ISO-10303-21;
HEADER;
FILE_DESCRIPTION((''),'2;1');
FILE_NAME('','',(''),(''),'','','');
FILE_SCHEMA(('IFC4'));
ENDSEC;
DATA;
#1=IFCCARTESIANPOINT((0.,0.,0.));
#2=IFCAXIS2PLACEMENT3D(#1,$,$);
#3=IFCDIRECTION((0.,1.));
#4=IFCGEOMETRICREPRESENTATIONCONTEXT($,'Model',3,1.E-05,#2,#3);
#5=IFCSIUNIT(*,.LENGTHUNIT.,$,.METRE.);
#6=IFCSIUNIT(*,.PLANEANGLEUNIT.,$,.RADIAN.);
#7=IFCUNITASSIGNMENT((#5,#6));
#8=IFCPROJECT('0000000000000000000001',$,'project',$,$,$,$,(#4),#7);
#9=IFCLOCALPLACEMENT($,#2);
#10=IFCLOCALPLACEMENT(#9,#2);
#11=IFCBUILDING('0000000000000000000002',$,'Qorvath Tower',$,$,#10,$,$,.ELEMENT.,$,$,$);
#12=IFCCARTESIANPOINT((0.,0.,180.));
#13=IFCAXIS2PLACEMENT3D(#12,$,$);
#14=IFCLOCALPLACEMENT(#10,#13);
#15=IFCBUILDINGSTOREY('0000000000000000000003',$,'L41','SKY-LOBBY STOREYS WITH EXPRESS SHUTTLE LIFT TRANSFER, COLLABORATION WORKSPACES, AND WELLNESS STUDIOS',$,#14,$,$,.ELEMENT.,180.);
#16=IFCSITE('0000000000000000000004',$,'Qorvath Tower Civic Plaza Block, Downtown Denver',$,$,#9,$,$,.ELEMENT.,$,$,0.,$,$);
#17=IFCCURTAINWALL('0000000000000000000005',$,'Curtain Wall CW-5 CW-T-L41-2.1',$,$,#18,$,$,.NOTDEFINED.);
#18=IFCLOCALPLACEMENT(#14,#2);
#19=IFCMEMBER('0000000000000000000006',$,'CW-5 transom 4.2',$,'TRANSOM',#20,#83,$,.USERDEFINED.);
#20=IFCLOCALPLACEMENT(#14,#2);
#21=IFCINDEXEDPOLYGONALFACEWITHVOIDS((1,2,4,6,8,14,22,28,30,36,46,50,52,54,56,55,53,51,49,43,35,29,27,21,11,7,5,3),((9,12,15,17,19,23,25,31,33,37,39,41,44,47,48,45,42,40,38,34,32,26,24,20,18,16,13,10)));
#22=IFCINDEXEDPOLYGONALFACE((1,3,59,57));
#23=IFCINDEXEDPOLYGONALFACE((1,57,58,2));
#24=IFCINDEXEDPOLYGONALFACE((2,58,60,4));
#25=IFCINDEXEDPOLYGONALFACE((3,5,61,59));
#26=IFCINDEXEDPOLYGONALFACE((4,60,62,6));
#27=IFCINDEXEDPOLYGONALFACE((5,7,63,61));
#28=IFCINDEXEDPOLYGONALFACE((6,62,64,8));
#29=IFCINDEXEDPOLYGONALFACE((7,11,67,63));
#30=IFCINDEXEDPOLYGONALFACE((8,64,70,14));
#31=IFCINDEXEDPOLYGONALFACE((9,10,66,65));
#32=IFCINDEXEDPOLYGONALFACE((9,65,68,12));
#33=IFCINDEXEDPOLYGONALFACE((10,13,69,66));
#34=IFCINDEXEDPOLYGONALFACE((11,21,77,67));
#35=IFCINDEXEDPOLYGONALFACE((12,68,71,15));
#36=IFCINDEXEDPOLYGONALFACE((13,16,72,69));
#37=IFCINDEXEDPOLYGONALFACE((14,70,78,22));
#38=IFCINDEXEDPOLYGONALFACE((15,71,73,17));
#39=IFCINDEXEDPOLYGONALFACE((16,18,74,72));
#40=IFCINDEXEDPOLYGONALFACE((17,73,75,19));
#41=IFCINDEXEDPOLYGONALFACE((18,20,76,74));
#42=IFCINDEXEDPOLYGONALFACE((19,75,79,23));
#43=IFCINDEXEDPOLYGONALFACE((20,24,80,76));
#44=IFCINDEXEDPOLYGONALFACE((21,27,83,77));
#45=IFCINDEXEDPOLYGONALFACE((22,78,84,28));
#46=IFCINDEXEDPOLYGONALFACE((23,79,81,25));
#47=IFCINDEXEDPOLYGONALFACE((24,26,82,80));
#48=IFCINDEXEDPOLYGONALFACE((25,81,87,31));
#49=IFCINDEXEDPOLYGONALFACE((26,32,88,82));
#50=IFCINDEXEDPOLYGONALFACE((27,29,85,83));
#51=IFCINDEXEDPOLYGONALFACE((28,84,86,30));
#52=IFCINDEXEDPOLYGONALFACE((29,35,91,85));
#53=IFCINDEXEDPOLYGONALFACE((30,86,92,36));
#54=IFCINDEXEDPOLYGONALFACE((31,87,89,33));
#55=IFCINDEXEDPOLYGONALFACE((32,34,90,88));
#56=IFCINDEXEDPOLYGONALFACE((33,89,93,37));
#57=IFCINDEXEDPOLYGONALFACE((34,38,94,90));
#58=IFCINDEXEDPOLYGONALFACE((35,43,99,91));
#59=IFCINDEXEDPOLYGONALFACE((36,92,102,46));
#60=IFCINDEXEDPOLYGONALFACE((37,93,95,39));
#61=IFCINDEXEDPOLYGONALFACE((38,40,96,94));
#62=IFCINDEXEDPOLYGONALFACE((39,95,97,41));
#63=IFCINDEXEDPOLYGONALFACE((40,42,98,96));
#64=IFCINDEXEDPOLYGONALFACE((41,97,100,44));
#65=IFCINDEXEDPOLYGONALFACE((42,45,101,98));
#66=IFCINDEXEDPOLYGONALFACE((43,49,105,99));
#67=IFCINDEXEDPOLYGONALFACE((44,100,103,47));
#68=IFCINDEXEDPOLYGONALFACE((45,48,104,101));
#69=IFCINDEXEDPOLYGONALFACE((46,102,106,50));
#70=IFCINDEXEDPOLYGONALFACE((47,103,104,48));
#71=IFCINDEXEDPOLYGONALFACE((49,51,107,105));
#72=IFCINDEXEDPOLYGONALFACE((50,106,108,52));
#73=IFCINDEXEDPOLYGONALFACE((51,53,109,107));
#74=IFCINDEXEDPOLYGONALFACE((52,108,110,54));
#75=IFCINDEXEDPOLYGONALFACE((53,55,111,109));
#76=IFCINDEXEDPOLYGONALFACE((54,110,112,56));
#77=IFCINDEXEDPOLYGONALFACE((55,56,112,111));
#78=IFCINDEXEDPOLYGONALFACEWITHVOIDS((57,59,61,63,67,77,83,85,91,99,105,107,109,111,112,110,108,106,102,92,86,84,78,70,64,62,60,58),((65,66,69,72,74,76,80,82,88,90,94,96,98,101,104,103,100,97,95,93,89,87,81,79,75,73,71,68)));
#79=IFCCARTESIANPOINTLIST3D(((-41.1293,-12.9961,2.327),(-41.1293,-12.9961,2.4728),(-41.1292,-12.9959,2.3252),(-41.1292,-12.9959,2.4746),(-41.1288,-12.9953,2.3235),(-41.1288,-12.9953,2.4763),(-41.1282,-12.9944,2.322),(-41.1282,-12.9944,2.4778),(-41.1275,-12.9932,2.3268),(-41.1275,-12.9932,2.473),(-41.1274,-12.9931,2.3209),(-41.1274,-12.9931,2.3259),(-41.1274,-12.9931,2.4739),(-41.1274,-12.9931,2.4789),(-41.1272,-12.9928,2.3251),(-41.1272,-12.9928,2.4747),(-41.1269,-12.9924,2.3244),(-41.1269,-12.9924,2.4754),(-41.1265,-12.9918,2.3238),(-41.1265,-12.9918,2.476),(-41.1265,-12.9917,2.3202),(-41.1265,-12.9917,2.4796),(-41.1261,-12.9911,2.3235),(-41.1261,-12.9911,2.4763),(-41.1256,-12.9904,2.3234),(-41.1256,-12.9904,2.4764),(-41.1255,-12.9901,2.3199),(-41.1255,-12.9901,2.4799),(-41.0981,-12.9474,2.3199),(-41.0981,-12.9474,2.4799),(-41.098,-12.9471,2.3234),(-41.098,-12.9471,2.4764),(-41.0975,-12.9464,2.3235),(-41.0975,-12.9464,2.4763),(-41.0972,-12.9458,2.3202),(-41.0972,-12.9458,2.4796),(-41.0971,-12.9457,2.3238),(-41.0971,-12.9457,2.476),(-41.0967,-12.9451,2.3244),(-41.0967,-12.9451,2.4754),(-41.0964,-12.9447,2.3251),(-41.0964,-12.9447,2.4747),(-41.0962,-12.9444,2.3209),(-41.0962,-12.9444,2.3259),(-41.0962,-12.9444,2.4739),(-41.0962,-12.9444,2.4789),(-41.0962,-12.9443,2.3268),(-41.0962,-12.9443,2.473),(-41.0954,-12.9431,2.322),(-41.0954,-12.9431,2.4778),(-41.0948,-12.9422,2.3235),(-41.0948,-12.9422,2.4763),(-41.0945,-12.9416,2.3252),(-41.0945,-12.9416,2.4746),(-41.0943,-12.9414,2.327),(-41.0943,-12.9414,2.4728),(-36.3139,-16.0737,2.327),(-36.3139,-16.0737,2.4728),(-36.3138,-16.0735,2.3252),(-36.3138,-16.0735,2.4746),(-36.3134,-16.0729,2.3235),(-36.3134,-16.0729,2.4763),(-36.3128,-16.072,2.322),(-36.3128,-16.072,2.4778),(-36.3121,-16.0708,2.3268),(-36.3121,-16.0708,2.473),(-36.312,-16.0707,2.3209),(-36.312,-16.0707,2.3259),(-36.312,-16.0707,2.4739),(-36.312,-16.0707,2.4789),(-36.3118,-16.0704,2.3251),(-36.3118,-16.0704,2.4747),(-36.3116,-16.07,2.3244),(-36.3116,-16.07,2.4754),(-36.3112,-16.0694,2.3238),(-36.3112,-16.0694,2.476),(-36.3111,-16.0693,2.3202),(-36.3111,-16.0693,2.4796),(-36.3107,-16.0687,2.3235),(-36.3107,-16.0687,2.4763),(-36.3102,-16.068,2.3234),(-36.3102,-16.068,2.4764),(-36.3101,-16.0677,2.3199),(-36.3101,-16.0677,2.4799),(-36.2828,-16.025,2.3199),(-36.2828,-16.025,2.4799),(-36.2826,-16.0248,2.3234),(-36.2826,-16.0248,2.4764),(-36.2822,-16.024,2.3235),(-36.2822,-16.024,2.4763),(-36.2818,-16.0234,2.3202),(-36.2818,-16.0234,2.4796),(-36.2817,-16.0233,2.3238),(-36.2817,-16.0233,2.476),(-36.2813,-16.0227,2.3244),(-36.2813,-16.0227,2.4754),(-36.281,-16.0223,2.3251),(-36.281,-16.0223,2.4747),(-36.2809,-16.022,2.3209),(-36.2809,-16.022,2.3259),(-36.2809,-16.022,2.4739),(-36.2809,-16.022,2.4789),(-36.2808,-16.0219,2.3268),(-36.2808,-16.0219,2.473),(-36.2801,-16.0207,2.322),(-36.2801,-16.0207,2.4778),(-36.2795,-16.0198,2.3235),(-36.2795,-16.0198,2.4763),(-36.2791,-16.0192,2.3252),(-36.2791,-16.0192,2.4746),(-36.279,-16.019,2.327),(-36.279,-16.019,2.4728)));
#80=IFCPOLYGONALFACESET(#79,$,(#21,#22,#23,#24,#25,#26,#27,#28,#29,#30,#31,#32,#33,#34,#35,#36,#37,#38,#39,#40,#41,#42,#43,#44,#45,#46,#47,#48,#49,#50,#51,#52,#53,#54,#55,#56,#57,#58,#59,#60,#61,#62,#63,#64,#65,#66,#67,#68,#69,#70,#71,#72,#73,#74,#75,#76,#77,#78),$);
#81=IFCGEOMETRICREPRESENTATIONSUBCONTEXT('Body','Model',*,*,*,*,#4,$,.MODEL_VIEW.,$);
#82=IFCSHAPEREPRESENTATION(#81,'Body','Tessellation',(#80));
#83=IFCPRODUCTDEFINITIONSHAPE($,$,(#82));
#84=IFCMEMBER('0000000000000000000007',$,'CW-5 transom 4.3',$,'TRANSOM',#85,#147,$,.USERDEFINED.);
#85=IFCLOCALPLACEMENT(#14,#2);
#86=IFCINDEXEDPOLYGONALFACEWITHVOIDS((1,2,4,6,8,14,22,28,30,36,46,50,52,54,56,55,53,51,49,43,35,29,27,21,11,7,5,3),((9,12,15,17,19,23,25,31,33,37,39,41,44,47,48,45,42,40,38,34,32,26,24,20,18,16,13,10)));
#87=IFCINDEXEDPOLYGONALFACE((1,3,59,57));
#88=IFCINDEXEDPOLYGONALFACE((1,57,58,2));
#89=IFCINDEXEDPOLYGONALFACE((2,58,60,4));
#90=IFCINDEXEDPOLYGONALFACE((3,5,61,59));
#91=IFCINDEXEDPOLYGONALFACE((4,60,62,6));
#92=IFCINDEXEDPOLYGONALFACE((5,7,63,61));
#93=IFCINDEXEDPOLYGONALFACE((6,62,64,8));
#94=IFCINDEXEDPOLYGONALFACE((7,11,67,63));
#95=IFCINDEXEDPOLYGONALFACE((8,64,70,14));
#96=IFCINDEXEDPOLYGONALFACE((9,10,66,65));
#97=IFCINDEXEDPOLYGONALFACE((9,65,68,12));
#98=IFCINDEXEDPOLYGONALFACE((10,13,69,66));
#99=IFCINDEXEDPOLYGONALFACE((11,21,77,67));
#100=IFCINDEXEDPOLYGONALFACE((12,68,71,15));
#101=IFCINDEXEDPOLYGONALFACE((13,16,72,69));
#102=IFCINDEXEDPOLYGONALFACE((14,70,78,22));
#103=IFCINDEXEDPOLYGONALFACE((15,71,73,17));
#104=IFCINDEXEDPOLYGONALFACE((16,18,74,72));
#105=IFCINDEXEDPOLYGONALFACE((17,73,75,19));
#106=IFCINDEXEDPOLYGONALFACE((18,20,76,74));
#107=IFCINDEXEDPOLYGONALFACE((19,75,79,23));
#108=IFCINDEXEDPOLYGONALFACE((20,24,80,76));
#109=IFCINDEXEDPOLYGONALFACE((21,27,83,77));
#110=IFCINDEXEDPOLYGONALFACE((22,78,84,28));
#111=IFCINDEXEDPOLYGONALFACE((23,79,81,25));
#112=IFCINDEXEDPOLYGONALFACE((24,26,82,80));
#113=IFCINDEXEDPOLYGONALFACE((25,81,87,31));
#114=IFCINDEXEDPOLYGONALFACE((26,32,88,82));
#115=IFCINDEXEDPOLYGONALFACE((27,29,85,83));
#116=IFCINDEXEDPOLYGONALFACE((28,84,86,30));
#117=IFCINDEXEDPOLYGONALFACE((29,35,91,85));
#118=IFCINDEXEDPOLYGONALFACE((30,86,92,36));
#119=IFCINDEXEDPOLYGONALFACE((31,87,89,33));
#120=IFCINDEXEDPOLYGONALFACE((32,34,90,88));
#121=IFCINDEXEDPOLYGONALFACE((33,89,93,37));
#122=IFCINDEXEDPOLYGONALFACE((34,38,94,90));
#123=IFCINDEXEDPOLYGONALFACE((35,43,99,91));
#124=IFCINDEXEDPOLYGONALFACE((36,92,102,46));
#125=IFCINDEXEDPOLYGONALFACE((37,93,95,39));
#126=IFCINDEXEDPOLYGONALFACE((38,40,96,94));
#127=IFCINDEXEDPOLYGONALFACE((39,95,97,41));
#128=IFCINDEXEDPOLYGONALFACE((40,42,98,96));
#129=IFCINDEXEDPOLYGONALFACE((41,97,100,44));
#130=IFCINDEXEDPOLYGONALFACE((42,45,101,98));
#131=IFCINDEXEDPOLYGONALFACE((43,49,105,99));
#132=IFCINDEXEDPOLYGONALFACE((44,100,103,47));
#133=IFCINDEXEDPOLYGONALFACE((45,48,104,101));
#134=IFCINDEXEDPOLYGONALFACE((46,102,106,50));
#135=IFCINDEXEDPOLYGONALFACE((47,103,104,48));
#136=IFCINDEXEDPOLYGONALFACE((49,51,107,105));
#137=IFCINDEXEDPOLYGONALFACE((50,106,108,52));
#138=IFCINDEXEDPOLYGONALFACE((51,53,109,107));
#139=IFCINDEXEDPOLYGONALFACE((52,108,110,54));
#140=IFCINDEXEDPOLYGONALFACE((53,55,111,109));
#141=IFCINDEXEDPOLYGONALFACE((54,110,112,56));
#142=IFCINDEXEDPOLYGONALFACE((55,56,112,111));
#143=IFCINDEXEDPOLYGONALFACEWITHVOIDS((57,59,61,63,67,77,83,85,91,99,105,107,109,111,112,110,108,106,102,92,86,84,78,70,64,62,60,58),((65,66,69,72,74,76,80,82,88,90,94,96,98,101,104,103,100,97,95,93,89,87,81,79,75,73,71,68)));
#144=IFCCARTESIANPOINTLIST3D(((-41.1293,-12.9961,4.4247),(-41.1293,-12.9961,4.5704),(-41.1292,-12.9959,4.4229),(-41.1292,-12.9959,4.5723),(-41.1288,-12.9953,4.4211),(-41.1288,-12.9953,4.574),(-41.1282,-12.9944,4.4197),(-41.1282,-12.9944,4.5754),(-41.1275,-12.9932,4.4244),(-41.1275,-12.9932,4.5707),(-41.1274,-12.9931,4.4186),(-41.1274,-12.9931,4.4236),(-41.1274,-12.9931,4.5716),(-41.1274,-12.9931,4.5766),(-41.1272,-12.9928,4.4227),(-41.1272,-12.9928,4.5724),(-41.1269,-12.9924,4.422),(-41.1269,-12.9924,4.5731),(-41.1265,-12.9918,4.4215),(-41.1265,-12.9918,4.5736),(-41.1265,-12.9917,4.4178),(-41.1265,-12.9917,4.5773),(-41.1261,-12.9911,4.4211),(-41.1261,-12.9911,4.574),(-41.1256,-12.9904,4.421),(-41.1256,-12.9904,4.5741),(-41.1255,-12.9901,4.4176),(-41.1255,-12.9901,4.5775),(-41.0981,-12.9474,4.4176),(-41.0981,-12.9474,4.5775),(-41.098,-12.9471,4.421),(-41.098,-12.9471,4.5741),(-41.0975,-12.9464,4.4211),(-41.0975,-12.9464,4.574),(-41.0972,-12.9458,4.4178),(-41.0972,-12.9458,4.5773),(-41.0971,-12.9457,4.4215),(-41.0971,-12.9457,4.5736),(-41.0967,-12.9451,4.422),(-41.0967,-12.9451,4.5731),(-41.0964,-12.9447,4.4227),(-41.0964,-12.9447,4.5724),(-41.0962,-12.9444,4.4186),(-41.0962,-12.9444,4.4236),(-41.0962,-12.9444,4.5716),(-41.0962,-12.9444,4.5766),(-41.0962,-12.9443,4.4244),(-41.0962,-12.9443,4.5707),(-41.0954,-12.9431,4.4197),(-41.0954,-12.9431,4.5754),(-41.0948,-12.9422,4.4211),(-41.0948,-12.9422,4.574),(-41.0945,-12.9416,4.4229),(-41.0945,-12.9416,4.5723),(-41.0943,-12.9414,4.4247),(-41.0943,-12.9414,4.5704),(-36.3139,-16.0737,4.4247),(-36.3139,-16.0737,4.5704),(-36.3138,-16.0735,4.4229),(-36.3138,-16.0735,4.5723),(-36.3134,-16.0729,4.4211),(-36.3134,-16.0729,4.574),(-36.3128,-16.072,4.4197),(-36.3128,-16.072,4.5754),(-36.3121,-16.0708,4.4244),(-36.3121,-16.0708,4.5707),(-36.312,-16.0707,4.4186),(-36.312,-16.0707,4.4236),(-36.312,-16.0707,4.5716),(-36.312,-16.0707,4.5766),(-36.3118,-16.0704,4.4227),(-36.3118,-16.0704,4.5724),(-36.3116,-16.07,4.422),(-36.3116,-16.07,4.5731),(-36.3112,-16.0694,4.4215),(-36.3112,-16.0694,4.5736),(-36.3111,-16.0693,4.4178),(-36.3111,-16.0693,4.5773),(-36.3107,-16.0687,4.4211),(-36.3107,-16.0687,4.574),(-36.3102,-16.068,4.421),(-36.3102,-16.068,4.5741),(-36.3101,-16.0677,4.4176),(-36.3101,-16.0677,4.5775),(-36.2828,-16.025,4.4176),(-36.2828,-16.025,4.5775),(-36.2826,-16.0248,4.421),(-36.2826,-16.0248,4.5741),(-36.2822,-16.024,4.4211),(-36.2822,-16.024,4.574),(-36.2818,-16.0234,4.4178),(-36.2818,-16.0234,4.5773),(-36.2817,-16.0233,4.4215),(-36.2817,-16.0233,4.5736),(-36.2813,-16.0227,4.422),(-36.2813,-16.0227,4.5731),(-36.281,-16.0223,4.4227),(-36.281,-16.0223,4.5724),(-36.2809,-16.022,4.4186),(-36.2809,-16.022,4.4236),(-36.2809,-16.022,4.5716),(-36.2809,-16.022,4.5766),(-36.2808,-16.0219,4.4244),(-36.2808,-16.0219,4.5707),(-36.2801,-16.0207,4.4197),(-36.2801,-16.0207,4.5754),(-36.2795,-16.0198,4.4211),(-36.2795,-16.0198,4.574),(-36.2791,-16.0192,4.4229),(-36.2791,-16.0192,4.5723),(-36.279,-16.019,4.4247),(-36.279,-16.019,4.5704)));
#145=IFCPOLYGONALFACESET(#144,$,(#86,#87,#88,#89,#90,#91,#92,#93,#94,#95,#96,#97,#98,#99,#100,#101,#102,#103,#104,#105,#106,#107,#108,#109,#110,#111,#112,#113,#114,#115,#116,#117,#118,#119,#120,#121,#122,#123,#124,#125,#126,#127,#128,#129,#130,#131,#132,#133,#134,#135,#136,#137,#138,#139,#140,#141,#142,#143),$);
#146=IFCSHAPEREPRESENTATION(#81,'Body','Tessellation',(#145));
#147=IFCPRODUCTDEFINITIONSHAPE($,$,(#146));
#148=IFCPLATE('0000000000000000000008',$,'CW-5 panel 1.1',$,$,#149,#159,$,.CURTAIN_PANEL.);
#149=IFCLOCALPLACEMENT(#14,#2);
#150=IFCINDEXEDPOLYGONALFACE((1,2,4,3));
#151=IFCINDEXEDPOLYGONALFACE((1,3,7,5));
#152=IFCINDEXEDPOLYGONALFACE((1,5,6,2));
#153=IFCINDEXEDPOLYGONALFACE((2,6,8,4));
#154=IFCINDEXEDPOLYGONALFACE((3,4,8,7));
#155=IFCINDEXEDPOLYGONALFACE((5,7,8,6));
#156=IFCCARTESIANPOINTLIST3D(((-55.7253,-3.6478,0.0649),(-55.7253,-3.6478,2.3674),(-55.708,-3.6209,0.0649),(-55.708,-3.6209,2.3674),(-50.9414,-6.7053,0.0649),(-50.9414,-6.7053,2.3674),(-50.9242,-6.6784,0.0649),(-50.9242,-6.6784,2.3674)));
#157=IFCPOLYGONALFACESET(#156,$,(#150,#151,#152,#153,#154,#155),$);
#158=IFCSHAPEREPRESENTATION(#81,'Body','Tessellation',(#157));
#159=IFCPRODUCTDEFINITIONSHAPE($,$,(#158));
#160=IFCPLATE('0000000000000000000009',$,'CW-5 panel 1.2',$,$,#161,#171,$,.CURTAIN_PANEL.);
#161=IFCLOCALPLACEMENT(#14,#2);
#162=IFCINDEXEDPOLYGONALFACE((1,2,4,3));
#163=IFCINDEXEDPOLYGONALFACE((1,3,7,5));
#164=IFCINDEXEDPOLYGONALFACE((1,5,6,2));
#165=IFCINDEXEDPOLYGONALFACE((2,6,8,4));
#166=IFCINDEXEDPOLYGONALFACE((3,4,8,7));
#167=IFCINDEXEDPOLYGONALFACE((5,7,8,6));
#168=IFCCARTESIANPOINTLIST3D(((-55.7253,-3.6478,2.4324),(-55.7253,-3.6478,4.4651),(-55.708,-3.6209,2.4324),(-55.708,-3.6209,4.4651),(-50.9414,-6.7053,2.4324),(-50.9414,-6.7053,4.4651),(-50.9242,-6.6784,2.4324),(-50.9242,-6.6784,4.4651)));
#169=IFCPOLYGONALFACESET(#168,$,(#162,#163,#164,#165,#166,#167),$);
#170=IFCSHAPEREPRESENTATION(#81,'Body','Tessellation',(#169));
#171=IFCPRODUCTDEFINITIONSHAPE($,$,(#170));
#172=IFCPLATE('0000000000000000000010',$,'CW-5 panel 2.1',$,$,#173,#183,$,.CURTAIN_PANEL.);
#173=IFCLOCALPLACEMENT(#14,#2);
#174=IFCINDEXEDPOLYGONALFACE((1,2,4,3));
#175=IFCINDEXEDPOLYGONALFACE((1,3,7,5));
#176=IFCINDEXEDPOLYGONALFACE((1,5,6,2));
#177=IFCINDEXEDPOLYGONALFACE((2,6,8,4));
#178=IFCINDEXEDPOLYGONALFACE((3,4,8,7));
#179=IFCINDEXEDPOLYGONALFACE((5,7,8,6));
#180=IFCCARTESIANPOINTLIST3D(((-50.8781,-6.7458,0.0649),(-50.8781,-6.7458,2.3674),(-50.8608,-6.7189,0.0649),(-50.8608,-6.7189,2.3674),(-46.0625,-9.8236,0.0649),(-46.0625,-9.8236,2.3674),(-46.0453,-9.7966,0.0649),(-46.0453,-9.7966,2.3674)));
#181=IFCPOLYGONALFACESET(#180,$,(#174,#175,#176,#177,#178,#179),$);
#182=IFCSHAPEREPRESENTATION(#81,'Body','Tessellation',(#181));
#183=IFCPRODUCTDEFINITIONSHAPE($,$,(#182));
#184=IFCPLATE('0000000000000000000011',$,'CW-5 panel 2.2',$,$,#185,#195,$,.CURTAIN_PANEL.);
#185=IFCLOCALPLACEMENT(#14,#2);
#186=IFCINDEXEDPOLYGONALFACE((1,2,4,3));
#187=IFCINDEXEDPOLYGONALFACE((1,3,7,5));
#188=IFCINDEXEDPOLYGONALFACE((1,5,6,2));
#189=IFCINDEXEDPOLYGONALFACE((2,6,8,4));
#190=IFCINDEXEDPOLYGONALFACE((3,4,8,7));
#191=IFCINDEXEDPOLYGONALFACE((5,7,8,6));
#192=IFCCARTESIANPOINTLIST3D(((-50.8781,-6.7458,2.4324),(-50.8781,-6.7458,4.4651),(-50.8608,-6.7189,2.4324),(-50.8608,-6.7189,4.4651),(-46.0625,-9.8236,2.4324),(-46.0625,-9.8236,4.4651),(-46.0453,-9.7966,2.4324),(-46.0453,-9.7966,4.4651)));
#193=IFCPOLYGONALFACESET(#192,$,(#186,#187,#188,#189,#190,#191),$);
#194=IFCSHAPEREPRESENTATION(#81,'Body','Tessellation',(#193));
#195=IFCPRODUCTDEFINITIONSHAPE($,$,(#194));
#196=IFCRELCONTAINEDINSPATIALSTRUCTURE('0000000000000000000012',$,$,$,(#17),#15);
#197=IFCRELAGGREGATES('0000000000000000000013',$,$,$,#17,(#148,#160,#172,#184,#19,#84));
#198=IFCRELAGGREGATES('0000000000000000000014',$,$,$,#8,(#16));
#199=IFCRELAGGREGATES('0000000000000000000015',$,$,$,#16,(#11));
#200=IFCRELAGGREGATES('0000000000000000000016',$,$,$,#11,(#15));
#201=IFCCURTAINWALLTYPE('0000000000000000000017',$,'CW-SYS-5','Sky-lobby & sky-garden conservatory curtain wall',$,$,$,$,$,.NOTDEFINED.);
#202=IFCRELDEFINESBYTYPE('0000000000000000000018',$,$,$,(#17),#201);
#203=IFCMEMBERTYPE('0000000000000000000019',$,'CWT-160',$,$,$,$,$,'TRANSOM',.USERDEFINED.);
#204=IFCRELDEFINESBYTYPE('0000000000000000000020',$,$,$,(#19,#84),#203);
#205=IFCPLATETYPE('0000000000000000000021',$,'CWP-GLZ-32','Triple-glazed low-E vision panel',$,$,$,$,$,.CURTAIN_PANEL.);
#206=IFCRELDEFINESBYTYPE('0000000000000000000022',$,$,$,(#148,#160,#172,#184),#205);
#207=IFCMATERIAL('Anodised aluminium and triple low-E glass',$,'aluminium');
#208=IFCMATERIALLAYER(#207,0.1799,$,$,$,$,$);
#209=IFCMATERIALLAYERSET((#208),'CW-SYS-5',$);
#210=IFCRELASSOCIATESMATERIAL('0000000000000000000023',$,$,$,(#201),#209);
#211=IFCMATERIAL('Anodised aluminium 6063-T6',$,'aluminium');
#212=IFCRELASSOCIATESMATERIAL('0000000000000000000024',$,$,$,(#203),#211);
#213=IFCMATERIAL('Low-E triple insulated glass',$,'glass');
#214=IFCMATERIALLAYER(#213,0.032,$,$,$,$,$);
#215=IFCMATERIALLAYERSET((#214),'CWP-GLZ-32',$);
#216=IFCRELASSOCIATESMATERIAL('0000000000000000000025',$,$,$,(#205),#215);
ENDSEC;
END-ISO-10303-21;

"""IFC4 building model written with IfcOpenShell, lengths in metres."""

from ifc_helpers import new_model, si_unit, direction, frame, origin, origin_2d, place, context, subcontext, project, spatial, rectangle, hollow_rectangle, extrude, material, layer, layer_set, material_profile, profile_set, type_object, element, aggregate, save


model = new_model("IFC4")

# Units and contexts
model_context = context("Model", 3, precision=1e-05, world=origin(), true_north=direction((0.0, 1.0)))
body_context = subcontext(model_context, "Body", "Model", "MODEL_VIEW")
ifc_project = project(units=[si_unit("LENGTHUNIT", "METRE"), si_unit("PLANEANGLEUNIT", "RADIAN")], contexts=[model_context])

# Site, building, storey
site_placement = place(None, origin())
site = spatial("IfcSite", under=ifc_project, at=site_placement, Name="Qorvath Tower Civic Plaza Block, Downtown Denver", CompositionType="ELEMENT", RefElevation=0.0)
building_placement = place(site_placement, origin())
building = spatial("IfcBuilding", under=site, at=building_placement, Name="Qorvath Tower", CompositionType="ELEMENT")
storey_placement = place(building_placement, frame((0.0, 0.0, 180.0)))
storey = spatial("IfcBuildingStorey", under=building, at=storey_placement, Name="L41", Description="SKY-LOBBY STOREYS WITH EXPRESS SHUTTLE LIFT TRANSFER, COLLABORATION WORKSPACES, AND WELLNESS STUDIOS", CompositionType="ELEMENT", Elevation=180.0)

# Curtain wall, members, plates
ifc_material_1 = material(Name="Anodised aluminium and triple low-E glass", Category="aluminium")
ifc_layer_1 = layer(ifc_material_1, 0.1799)
ifc_layer_set_1 = layer_set([ifc_layer_1], Name="CW-SYS-5")
curtain_wall_type = type_object("IfcCurtainWallType", Name="CW-SYS-5", Description="Sky-lobby & sky-garden conservatory curtain wall", PredefinedType="NOTDEFINED", material=ifc_layer_set_1)
curtain_wall_placement = place(storey_placement, origin())
curtain_wall = element("IfcCurtainWall", 1, at=curtain_wall_placement, inside=storey, type_object=curtain_wall_type, Name="Curtain Wall CW-5 CW-T-L41-2.1", PredefinedType="NOTDEFINED")
ifc_material_2 = material(Name="Anodised aluminium 6063-T6", Category="aluminium")
ifc_material_profile_1 = material_profile(ifc_material_2, hollow_rectangle(XDim=0.0649, YDim=0.1599, WallThickness=0.0034, InnerFilletRadius=0.0034, OuterFilletRadius=0.0071, at=origin_2d()), Name="CWT 160x65")
ifc_profile_set_1 = profile_set([ifc_material_profile_1], Name="Anodised aluminium 6063-T6")
member_type_1 = type_object("IfcMemberType", Name="CWT-160", ElementType="TRANSOM", PredefinedType="USERDEFINED", material=ifc_profile_set_1)
member_1_placement = place(storey_placement, frame((-41.1118, -12.9688, 2.3999), z_axis=(0.842608, -0.538527, 0.0), x_axis=(0.538527, 0.842608, 0.0)))
member_1 = element("IfcMember", 2, at=member_1_placement, type_object=member_type_1, Name="CW-5 transom 4.2", ObjectType="TRANSOM", PredefinedType="USERDEFINED", context=body_context, shape_type="SweptSolid", body=[
    extrude(hollow_rectangle(XDim=0.0649, YDim=0.1599, WallThickness=0.0034, InnerFilletRadius=0.0034, OuterFilletRadius=0.0071, at=origin_2d()), origin(), (0.0, 0.0, 1.0), 5.7148),
])
member_2_placement = place(storey_placement, frame((-41.1118, -12.9688, 4.4976), z_axis=(0.842608, -0.538527, 0.0), x_axis=(0.538527, 0.842608, 0.0)))
member_2 = element("IfcMember", 3, at=member_2_placement, type_object=member_type_1, Name="CW-5 transom 4.3", ObjectType="TRANSOM", PredefinedType="USERDEFINED", context=body_context, shape_type="SweptSolid", body=[
    extrude(hollow_rectangle(XDim=0.0649, YDim=0.1599, WallThickness=0.0034, InnerFilletRadius=0.0034, OuterFilletRadius=0.0071, at=origin_2d()), origin(), (0.0, 0.0, 1.0), 5.7148),
])
ifc_material_3 = material(Name="Low-E triple insulated glass", Category="glass")
ifc_layer_2 = layer(ifc_material_3, 0.032)
ifc_layer_set_2 = layer_set([ifc_layer_2], Name="CWP-GLZ-32")
plate_type = type_object("IfcPlateType", Name="CWP-GLZ-32", Description="Triple-glazed low-E vision panel", PredefinedType="CURTAIN_PANEL", material=ifc_layer_set_2)
plate_1_placement = place(storey_placement, frame((-53.3247, -5.1631, 0.0649), z_axis=(0.0, 0.0, 1.0), x_axis=(0.842604, -0.538533, 0.0)))
plate_1 = element("IfcPlate", 4, at=plate_1_placement, type_object=plate_type, Name="CW-5 panel 1.1", PredefinedType="CURTAIN_PANEL", context=body_context, shape_type="SweptSolid", body=[
    extrude(rectangle(XDim=5.6775, YDim=0.032, at=origin_2d()), origin(), (0.0, 0.0, 1.0), 2.3025),
])
plate_2_placement = place(storey_placement, frame((-53.3247, -5.1631, 2.4324), z_axis=(0.0, 0.0, 1.0), x_axis=(0.842604, -0.538533, 0.0)))
plate_2 = element("IfcPlate", 5, at=plate_2_placement, type_object=plate_type, Name="CW-5 panel 1.2", PredefinedType="CURTAIN_PANEL", context=body_context, shape_type="SweptSolid", body=[
    extrude(rectangle(XDim=5.6775, YDim=0.032, at=origin_2d()), origin(), (0.0, 0.0, 1.0), 2.0327),
])
plate_3_placement = place(storey_placement, frame((-48.4617, -8.2712, 0.0649), z_axis=(0.0, 0.0, 1.0), x_axis=(0.842604, -0.538533, 0.0)))
plate_3 = element("IfcPlate", 6, at=plate_3_placement, type_object=plate_type, Name="CW-5 panel 2.1", PredefinedType="CURTAIN_PANEL", context=body_context, shape_type="SweptSolid", body=[
    extrude(rectangle(XDim=5.7151, YDim=0.032, at=origin_2d()), origin(), (0.0, 0.0, 1.0), 2.3025),
])
plate_4_placement = place(storey_placement, frame((-48.4617, -8.2712, 2.4324), z_axis=(0.0, 0.0, 1.0), x_axis=(0.842604, -0.538533, 0.0)))
plate_4 = element("IfcPlate", 7, at=plate_4_placement, type_object=plate_type, Name="CW-5 panel 2.2", PredefinedType="CURTAIN_PANEL", context=body_context, shape_type="SweptSolid", body=[
    extrude(rectangle(XDim=5.7151, YDim=0.032, at=origin_2d()), origin(), (0.0, 0.0, 1.0), 2.0327),
])
aggregate(curtain_wall, [plate_1, plate_2, plate_3, plate_4, member_1, member_2])

save(model, "model.ifc")
